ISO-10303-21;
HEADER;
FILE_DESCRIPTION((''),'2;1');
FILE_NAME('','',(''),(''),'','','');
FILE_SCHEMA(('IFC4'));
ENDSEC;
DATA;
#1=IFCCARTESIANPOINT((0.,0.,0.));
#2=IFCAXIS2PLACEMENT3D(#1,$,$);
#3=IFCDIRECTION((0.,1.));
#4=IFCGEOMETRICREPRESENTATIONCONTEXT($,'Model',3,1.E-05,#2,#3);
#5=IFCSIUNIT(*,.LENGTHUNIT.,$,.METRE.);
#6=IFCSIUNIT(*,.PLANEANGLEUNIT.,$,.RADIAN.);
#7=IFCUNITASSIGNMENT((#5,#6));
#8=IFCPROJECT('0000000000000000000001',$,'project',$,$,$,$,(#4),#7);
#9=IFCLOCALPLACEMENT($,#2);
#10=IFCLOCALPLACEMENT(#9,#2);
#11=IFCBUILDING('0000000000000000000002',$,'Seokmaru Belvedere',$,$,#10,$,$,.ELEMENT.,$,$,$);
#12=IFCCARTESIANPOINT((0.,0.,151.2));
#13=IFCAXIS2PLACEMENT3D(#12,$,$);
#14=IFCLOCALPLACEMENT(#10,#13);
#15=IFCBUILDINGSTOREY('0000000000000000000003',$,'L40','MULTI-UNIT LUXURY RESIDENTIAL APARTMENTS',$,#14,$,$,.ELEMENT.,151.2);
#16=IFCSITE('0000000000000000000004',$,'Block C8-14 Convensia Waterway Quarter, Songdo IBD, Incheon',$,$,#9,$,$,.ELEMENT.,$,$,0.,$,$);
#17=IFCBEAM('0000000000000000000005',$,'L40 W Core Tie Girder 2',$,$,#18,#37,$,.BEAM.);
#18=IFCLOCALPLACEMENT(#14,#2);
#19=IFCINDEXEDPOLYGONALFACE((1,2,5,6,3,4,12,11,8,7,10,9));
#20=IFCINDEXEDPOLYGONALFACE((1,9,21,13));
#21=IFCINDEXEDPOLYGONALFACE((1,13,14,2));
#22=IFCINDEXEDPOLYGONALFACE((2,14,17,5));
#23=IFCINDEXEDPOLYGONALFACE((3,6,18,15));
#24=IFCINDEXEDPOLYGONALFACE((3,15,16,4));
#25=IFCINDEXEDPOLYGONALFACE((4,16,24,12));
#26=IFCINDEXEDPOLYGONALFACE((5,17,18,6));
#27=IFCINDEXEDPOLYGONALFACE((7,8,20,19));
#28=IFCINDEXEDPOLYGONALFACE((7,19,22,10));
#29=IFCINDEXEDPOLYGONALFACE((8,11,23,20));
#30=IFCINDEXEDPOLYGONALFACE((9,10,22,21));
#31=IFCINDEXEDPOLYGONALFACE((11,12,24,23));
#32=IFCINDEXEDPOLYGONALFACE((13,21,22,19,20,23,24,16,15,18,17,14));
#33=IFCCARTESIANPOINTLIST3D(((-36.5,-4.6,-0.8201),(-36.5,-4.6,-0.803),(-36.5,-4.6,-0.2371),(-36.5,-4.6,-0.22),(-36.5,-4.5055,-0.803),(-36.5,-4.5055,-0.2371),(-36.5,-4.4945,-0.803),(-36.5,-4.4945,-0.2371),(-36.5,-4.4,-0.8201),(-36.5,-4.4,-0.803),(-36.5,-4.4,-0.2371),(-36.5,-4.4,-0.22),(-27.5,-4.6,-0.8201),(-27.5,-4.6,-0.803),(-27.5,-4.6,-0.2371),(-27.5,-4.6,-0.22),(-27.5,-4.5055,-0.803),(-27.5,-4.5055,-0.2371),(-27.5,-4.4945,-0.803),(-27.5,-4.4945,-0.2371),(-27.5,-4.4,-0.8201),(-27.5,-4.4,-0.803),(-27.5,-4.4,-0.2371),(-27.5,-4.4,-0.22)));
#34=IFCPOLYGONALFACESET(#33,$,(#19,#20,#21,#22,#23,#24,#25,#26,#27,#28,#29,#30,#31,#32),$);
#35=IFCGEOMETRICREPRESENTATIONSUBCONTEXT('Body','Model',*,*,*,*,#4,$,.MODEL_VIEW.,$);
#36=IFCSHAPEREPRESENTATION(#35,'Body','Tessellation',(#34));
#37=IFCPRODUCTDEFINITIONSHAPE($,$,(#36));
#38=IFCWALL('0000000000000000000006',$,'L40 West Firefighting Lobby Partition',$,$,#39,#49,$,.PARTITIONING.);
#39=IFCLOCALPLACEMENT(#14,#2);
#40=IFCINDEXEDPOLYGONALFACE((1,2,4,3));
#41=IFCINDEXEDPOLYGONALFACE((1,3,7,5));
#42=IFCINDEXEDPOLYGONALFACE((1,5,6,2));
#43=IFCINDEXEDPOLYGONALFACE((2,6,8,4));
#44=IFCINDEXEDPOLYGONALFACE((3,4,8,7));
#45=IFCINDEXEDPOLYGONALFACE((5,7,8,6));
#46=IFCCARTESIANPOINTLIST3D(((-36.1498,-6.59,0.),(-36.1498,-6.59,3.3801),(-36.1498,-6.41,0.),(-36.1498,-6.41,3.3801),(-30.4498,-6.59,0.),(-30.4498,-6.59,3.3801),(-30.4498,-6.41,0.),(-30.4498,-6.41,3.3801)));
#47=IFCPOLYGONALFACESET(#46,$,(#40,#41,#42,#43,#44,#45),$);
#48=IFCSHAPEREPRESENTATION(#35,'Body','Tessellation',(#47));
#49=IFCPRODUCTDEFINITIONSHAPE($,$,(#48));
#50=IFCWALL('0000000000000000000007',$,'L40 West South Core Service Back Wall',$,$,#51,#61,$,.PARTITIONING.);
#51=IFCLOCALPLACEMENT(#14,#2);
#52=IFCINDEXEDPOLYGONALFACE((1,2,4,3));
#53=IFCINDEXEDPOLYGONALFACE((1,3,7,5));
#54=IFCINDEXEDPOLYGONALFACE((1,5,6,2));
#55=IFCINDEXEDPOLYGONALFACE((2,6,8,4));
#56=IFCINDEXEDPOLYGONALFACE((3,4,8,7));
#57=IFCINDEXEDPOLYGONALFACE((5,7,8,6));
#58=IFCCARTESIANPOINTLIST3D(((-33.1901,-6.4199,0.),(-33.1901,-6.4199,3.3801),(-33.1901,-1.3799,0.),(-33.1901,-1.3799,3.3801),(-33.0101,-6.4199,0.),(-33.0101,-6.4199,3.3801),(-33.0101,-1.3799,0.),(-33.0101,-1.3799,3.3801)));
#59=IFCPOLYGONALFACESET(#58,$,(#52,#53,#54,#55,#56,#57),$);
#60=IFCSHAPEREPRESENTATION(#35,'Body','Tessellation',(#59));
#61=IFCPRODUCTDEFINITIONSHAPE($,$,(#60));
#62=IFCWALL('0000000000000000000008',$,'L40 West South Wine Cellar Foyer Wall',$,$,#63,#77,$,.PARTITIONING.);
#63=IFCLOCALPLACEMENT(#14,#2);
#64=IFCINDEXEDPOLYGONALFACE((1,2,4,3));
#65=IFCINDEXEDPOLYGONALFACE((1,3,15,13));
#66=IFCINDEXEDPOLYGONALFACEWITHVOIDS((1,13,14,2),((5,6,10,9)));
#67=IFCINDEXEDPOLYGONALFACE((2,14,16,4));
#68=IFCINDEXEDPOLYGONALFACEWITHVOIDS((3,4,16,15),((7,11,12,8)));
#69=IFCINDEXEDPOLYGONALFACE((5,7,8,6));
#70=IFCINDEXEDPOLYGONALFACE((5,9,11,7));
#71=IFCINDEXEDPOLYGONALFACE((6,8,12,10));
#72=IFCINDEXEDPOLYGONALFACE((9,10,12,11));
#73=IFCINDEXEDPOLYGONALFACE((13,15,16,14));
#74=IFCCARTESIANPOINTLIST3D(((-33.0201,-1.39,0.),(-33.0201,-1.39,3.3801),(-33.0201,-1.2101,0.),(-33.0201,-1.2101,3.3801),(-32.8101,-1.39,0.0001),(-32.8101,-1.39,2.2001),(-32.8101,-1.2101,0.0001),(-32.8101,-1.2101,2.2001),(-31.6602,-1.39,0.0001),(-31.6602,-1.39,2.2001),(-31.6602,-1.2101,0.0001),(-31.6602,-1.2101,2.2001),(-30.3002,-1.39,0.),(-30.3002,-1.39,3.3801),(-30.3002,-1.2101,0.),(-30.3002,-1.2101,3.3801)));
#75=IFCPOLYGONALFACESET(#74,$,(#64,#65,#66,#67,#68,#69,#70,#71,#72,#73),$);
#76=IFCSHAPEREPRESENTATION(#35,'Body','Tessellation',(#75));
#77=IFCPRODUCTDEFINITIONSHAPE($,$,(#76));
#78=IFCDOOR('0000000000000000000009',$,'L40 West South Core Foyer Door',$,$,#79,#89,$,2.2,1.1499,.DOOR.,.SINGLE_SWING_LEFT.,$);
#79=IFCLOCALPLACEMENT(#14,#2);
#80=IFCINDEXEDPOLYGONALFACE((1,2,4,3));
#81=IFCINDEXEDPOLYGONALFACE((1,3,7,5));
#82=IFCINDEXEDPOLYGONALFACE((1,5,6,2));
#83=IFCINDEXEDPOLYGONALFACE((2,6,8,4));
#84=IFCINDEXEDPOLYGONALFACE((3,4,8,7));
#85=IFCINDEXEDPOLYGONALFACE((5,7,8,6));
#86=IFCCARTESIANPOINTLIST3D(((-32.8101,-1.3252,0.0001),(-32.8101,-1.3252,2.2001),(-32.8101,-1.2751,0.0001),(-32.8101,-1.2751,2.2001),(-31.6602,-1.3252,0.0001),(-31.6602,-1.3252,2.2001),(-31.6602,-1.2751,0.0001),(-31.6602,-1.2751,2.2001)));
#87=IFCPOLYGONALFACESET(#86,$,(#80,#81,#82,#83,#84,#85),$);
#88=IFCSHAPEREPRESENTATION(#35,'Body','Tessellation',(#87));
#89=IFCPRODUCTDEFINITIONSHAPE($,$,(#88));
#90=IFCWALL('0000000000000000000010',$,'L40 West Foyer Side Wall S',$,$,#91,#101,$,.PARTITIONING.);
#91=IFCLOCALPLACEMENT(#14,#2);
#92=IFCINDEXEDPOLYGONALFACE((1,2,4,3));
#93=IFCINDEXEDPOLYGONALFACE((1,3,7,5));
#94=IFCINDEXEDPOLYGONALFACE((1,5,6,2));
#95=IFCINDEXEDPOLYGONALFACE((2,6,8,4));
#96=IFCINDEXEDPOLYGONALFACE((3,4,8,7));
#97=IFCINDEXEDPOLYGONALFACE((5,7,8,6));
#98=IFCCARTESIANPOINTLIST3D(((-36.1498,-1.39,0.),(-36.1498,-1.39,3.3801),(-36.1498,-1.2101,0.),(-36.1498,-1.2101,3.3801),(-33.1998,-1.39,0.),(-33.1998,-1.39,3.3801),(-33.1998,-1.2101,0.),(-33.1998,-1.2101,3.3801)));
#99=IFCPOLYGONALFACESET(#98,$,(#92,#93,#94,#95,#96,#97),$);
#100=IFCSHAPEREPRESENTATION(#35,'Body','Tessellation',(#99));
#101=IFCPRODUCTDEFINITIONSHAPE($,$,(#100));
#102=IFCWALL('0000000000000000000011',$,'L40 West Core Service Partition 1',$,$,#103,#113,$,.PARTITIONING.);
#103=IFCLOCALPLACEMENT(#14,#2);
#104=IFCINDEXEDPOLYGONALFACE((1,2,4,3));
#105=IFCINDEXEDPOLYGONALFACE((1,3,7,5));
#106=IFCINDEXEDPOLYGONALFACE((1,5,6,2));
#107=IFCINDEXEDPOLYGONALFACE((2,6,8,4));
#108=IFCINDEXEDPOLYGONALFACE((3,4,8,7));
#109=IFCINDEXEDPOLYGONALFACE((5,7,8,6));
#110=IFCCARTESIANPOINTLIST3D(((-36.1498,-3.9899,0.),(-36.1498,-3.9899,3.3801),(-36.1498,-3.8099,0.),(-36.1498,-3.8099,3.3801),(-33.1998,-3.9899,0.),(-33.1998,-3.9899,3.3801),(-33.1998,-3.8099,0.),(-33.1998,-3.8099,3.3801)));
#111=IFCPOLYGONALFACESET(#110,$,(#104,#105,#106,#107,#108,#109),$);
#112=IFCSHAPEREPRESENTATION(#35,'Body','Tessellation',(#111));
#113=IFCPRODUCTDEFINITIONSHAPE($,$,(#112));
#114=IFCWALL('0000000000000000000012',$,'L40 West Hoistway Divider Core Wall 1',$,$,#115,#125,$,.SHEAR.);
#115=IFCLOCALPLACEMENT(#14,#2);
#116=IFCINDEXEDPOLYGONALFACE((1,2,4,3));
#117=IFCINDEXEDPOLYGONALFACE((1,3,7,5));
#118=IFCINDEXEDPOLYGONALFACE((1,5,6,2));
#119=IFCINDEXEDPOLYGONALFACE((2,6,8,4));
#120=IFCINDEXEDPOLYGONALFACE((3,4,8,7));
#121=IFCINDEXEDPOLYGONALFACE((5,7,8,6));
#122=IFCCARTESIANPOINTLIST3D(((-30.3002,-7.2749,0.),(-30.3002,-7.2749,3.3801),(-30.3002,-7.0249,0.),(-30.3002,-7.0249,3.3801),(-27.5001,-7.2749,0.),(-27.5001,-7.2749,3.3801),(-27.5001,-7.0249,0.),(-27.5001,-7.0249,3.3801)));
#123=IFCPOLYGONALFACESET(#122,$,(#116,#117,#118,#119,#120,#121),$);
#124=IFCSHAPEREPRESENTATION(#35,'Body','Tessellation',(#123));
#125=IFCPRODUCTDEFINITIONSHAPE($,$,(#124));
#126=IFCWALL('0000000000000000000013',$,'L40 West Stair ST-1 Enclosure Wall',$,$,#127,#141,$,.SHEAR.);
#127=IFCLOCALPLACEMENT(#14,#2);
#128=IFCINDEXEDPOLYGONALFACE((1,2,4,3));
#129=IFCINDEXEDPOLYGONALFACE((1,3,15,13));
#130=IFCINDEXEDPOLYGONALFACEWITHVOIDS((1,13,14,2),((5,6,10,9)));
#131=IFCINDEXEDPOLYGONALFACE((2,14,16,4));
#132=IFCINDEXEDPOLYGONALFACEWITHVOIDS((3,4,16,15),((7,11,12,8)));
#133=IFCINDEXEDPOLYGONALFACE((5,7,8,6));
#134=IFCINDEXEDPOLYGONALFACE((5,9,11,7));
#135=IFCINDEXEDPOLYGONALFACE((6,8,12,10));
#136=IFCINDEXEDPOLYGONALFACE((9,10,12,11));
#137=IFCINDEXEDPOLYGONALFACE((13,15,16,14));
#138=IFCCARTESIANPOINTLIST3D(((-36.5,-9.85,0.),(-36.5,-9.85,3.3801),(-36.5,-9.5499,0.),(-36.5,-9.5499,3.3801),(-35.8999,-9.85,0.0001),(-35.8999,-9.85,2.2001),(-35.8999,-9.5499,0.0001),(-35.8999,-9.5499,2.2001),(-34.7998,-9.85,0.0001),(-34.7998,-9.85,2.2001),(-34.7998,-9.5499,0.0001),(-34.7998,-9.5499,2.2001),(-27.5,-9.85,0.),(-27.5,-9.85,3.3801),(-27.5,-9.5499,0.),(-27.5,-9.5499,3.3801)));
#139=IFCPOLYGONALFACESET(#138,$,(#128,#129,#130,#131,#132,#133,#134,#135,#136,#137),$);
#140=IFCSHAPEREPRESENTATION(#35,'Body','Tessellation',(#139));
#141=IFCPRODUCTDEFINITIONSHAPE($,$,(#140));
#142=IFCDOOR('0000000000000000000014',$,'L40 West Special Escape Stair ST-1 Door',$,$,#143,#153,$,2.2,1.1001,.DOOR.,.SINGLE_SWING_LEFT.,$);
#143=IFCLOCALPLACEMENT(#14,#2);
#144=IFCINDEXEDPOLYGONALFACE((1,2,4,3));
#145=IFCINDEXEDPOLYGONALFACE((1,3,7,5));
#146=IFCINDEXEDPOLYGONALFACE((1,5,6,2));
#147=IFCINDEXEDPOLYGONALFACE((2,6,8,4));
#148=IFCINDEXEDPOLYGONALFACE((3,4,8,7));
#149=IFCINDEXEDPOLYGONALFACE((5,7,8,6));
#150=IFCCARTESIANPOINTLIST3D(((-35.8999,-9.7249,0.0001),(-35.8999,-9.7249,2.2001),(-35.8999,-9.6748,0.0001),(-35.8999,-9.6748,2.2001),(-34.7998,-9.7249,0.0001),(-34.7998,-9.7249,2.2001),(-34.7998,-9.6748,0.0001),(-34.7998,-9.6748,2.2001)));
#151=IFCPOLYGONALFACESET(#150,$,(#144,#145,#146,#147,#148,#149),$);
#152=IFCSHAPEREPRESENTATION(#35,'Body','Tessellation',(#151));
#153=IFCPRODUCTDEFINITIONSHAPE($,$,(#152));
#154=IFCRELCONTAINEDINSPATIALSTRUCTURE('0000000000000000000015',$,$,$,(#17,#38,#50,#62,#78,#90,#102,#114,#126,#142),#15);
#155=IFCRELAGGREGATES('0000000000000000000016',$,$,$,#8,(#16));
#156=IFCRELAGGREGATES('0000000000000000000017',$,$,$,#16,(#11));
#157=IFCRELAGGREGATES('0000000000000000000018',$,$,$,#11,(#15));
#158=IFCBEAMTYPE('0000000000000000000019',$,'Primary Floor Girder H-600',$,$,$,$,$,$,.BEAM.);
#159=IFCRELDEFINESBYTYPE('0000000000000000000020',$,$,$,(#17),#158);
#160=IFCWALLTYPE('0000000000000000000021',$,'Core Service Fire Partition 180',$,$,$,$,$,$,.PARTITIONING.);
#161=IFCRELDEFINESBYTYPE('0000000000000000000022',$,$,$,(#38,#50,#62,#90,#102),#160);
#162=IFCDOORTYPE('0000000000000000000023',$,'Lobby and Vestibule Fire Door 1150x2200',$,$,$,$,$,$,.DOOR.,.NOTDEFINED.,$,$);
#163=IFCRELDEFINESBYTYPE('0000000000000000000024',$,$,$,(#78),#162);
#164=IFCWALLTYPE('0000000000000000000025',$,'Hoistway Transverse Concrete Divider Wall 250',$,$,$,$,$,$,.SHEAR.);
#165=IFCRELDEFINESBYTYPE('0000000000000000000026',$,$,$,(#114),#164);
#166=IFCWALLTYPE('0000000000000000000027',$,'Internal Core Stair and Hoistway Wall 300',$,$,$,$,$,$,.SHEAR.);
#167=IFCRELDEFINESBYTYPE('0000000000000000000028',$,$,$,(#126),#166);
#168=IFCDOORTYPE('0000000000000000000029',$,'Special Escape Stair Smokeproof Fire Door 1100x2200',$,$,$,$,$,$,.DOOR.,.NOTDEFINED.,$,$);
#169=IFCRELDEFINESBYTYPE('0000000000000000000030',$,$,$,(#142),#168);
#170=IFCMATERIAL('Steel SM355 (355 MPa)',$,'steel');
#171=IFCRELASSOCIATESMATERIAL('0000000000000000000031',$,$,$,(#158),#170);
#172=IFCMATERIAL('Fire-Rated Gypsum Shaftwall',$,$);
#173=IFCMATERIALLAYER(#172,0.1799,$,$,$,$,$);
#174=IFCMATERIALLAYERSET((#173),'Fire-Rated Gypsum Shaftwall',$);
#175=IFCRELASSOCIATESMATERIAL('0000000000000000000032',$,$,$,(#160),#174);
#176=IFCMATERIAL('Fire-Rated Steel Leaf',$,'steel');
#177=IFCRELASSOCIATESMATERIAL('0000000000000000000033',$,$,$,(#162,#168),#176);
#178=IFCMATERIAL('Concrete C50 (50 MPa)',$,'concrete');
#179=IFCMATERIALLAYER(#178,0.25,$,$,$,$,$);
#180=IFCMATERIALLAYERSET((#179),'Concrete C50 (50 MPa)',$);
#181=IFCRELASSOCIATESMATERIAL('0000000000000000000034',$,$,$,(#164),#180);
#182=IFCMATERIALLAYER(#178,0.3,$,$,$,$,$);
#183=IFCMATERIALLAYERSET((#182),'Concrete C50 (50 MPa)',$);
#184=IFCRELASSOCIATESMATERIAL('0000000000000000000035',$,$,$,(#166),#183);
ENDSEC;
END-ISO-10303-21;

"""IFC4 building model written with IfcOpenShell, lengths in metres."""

from ifc_helpers import new_model, si_unit, direction, frame, frame_2d, origin, origin_2d, place, context, subcontext, project, spatial, rectangle, i_section, extrude, source, transform, mapped, material, layer, layer_set, material_profile, profile_set, type_object, type_shapes, element, fill, save


model = new_model("IFC4")

# Units and contexts
model_context = context("Model", 3, precision=1e-05, world=origin(), true_north=direction((0.0, 1.0)))
body_context = subcontext(model_context, "Body", "Model", "MODEL_VIEW")
ifc_project = project(units=[si_unit("LENGTHUNIT", "METRE"), si_unit("PLANEANGLEUNIT", "RADIAN")], contexts=[model_context])

# Site, building, storey
site_placement = place(None, origin())
site = spatial("IfcSite", under=ifc_project, at=site_placement, Name="Block C8-14 Convensia Waterway Quarter, Songdo IBD, Incheon", CompositionType="ELEMENT", RefElevation=0.0)
building_placement = place(site_placement, origin())
building = spatial("IfcBuilding", under=site, at=building_placement, Name="Seokmaru Belvedere", CompositionType="ELEMENT")
storey_placement = place(building_placement, frame((0.0, 0.0, 151.2)))
storey = spatial("IfcBuildingStorey", under=building, at=storey_placement, Name="L40", Description="MULTI-UNIT LUXURY RESIDENTIAL APARTMENTS", CompositionType="ELEMENT", Elevation=151.2)

# Beam
ifc_material_1 = material(Name="Steel SM355 (355 MPa)", Category="steel")
ifc_material_profile = material_profile(ifc_material_1, i_section(OverallWidth=0.2, OverallDepth=0.6001, WebThickness=0.011, FlangeThickness=0.0171, at=origin_2d()), Name="H-600x200x11x17")
ifc_profile_set = profile_set([ifc_material_profile], Name="Steel SM355 (355 MPa)")
beam_type = type_object("IfcBeamType", Name="Primary Floor Girder H-600", PredefinedType="BEAM", material=ifc_profile_set)
shared_shape_1 = source(origin(), body_context, "Body", "SweptSolid", [
    extrude(i_section(OverallWidth=0.2, OverallDepth=0.6001, WebThickness=0.011, FlangeThickness=0.0171, at=origin_2d()), origin(), (0.0, 0.0, 1.0), 9.0),
])
type_shapes(beam_type, [shared_shape_1])
beam_placement = place(storey_placement, frame((-36.5, -4.5, -0.52), z_axis=(1.0, 0.0, 0.0), x_axis=(0.0, 1.0, 0.0)))
element("IfcBeam", 1, at=beam_placement, inside=storey, type_object=beam_type, Name="L40 W Core Tie Girder 2", PredefinedType="BEAM", context=body_context, shape_type="MappedRepresentation", body=[
    mapped(shared_shape_1, transform((0.0, 0.0, 0.0), scale=1.0)),
])

# Walls
ifc_material_2 = material(Name="Fire-Rated Gypsum Shaftwall")
ifc_layer_1 = layer(ifc_material_2, 0.1799)
ifc_layer_set_1 = layer_set([ifc_layer_1], Name="Fire-Rated Gypsum Shaftwall")
wall_type_1 = type_object("IfcWallType", Name="Core Service Fire Partition 180", PredefinedType="PARTITIONING", material=ifc_layer_set_1)
wall_1_placement = place(storey_placement, frame((-36.1499, -6.5, 0.0), z_axis=(0.0, 0.0, 1.0), x_axis=(1.0, 0.0, 0.0)))
element("IfcWall", 2, at=wall_1_placement, inside=storey, type_object=wall_type_1, Name="L40 West Firefighting Lobby Partition", PredefinedType="PARTITIONING", context=body_context, shape_type="SweptSolid", body=[
    extrude(rectangle(XDim=5.7, YDim=0.1799, at=frame_2d((2.8501, 0.0))), origin(), (0.0, 0.0, 1.0), 3.3801),
])
wall_2_placement = place(storey_placement, frame((-33.1001, -6.4199, 0.0), z_axis=(0.0, 0.0, 1.0), x_axis=(0.0, 1.0, 0.0)))
element("IfcWall", 3, at=wall_2_placement, inside=storey, type_object=wall_type_1, Name="L40 West South Core Service Back Wall", PredefinedType="PARTITIONING", context=body_context, shape_type="SweptSolid", body=[
    extrude(rectangle(XDim=5.04, YDim=0.1799, at=frame_2d((2.52, 0.0))), origin(), (0.0, 0.0, 1.0), 3.3801),
])

# Wall, opening, door
wall_3_placement = place(storey_placement, frame((-33.02, -1.3, 0.0), z_axis=(0.0, 0.0, 1.0), x_axis=(1.0, 0.0, 0.0)))
wall_3 = element("IfcWall", 4, at=wall_3_placement, inside=storey, type_object=wall_type_1, Name="L40 West South Wine Cellar Foyer Wall", PredefinedType="PARTITIONING", context=body_context, shape_type="SweptSolid", body=[
    extrude(rectangle(XDim=2.72, YDim=0.1799, at=frame_2d((1.3599, 0.0))), origin(), (0.0, 0.0, 1.0), 3.3801),
])
opening_1_placement = place(wall_3_placement, frame((0.21, 0.0, 0.0)))
opening_1 = element("IfcOpeningElement", 5, at=opening_1_placement, cuts=wall_3, PredefinedType="OPENING", context=body_context, shape_type="SweptSolid", body=[
    extrude(rectangle(XDim=1.1499, YDim=2.2, at=frame_2d((0.575, 1.1001))), frame((0.0, 0.1001, 0.0), z_axis=(0.0, -1.0, 0.0), x_axis=(1.0, 0.0, 0.0)), (0.0, 0.0, 1.0), 0.2),
])
ifc_material_3 = material(Name="Fire-Rated Steel Leaf", Category="steel")
door_type_1 = type_object("IfcDoorType", Name="Lobby and Vestibule Fire Door 1150x2200", OperationType="NOTDEFINED", PredefinedType="DOOR", material=ifc_material_3)
shared_shape_2 = source(origin(), body_context, "Body", "SweptSolid", [
    extrude(rectangle(XDim=1.1499, YDim=2.2, at=frame_2d((0.575, 1.1001))), frame((0.0, 0.0249, 0.0), z_axis=(0.0, -1.0, 0.0), x_axis=(1.0, 0.0, 0.0)), (0.0, 0.0, 1.0), 0.05),
])
type_shapes(door_type_1, [shared_shape_2])
door_1_placement = place(opening_1_placement, origin())
door_1 = element("IfcDoor", 6, at=door_1_placement, inside=storey, type_object=door_type_1, Name="L40 West South Core Foyer Door", OperationType="SINGLE_SWING_LEFT", OverallHeight=2.2, OverallWidth=1.1499, PredefinedType="DOOR", context=body_context, shape_type="MappedRepresentation", body=[
    mapped(shared_shape_2, transform((0.0, 0.0, 0.0), scale=1.0)),
])
fill(opening_1, door_1)

# Walls
for number, where, z_axis, x_axis, name in (
    (7, (-36.1499, -1.3, 0.0), (0.0, 0.0, 1.0), (1.0, 0.0, 0.0), "L40 West Foyer Side Wall S"),
    (8, (-36.1499, -3.8999, 0.0), (0.0, 0.0, 1.0), (1.0, 0.0, 0.0), "L40 West Core Service Partition 1"),
):
    element("IfcWall", number, at=place(storey_placement, frame(where, z_axis=z_axis, x_axis=x_axis)), inside=storey, type_object=wall_type_1, Name=name, PredefinedType="PARTITIONING", context=body_context, shape_type="SweptSolid", body=[
        extrude(rectangle(XDim=2.95, YDim=0.1799, at=frame_2d((1.4751, 0.0))), origin(), (0.0, 0.0, 1.0), 3.3801),
    ])
ifc_material_4 = material(Name="Concrete C50 (50 MPa)", Category="concrete")
ifc_layer_2 = layer(ifc_material_4, 0.25)
ifc_layer_set_2 = layer_set([ifc_layer_2], Name="Concrete C50 (50 MPa)")
wall_type_2 = type_object("IfcWallType", Name="Hoistway Transverse Concrete Divider Wall 250", PredefinedType="SHEAR", material=ifc_layer_set_2)
wall_4_placement = place(storey_placement, frame((-30.3, -7.1499, 0.0), z_axis=(0.0, 0.0, 1.0), x_axis=(1.0, 0.0, 0.0)))
element("IfcWall", 9, at=wall_4_placement, inside=storey, type_object=wall_type_2, Name="L40 West Hoistway Divider Core Wall 1", PredefinedType="SHEAR", context=body_context, shape_type="SweptSolid", body=[
    extrude(rectangle(XDim=2.8, YDim=0.25, at=frame_2d((1.3999, 0.0))), origin(), (0.0, 0.0, 1.0), 3.3801),
])

# Wall, opening, door
ifc_layer_3 = layer(ifc_material_4, 0.3)
ifc_layer_set_3 = layer_set([ifc_layer_3], Name="Concrete C50 (50 MPa)")
wall_type_3 = type_object("IfcWallType", Name="Internal Core Stair and Hoistway Wall 300", PredefinedType="SHEAR", material=ifc_layer_set_3)
wall_5_placement = place(storey_placement, frame((-36.5, -9.7, 0.0), z_axis=(0.0, 0.0, 1.0), x_axis=(1.0, 0.0, 0.0)))
wall_5 = element("IfcWall", 10, at=wall_5_placement, inside=storey, type_object=wall_type_3, Name="L40 West Stair ST-1 Enclosure Wall", PredefinedType="SHEAR", context=body_context, shape_type="SweptSolid", body=[
    extrude(rectangle(XDim=9.0, YDim=0.3, at=frame_2d((4.5, 0.0))), origin(), (0.0, 0.0, 1.0), 3.3801),
])
opening_2_placement = place(wall_5_placement, frame((0.6001, 0.0, 0.0)))
opening_2 = element("IfcOpeningElement", 11, at=opening_2_placement, cuts=wall_5, PredefinedType="OPENING", context=body_context, shape_type="SweptSolid", body=[
    extrude(rectangle(XDim=1.1001, YDim=2.2, at=frame_2d((0.55, 1.1001))), frame((0.0, 0.1602, 0.0), z_axis=(0.0, -1.0, 0.0), x_axis=(1.0, 0.0, 0.0)), (0.0, 0.0, 1.0), 0.3201),
])
door_type_2 = type_object("IfcDoorType", Name="Special Escape Stair Smokeproof Fire Door 1100x2200", OperationType="NOTDEFINED", PredefinedType="DOOR", material=ifc_material_3)
shared_shape_3 = source(origin(), body_context, "Body", "SweptSolid", [
    extrude(rectangle(XDim=1.1001, YDim=2.2, at=frame_2d((0.55, 1.1001))), frame((0.0, 0.0249, 0.0), z_axis=(0.0, -1.0, 0.0), x_axis=(1.0, 0.0, 0.0)), (0.0, 0.0, 1.0), 0.05),
])
type_shapes(door_type_2, [shared_shape_3])
door_2_placement = place(opening_2_placement, frame((1.1001, 0.0, 0.0), z_axis=(0.0, 0.0, 1.0), x_axis=(-1.0, 0.0, 0.0)))
door_2 = element("IfcDoor", 12, at=door_2_placement, inside=storey, type_object=door_type_2, Name="L40 West Special Escape Stair ST-1 Door", OperationType="SINGLE_SWING_LEFT", OverallHeight=2.2, OverallWidth=1.1001, PredefinedType="DOOR", context=body_context, shape_type="MappedRepresentation", body=[
    mapped(shared_shape_3, transform((0.0, 0.0, 0.0), scale=1.0)),
])
fill(opening_2, door_2)

save(model, "model.ifc")
